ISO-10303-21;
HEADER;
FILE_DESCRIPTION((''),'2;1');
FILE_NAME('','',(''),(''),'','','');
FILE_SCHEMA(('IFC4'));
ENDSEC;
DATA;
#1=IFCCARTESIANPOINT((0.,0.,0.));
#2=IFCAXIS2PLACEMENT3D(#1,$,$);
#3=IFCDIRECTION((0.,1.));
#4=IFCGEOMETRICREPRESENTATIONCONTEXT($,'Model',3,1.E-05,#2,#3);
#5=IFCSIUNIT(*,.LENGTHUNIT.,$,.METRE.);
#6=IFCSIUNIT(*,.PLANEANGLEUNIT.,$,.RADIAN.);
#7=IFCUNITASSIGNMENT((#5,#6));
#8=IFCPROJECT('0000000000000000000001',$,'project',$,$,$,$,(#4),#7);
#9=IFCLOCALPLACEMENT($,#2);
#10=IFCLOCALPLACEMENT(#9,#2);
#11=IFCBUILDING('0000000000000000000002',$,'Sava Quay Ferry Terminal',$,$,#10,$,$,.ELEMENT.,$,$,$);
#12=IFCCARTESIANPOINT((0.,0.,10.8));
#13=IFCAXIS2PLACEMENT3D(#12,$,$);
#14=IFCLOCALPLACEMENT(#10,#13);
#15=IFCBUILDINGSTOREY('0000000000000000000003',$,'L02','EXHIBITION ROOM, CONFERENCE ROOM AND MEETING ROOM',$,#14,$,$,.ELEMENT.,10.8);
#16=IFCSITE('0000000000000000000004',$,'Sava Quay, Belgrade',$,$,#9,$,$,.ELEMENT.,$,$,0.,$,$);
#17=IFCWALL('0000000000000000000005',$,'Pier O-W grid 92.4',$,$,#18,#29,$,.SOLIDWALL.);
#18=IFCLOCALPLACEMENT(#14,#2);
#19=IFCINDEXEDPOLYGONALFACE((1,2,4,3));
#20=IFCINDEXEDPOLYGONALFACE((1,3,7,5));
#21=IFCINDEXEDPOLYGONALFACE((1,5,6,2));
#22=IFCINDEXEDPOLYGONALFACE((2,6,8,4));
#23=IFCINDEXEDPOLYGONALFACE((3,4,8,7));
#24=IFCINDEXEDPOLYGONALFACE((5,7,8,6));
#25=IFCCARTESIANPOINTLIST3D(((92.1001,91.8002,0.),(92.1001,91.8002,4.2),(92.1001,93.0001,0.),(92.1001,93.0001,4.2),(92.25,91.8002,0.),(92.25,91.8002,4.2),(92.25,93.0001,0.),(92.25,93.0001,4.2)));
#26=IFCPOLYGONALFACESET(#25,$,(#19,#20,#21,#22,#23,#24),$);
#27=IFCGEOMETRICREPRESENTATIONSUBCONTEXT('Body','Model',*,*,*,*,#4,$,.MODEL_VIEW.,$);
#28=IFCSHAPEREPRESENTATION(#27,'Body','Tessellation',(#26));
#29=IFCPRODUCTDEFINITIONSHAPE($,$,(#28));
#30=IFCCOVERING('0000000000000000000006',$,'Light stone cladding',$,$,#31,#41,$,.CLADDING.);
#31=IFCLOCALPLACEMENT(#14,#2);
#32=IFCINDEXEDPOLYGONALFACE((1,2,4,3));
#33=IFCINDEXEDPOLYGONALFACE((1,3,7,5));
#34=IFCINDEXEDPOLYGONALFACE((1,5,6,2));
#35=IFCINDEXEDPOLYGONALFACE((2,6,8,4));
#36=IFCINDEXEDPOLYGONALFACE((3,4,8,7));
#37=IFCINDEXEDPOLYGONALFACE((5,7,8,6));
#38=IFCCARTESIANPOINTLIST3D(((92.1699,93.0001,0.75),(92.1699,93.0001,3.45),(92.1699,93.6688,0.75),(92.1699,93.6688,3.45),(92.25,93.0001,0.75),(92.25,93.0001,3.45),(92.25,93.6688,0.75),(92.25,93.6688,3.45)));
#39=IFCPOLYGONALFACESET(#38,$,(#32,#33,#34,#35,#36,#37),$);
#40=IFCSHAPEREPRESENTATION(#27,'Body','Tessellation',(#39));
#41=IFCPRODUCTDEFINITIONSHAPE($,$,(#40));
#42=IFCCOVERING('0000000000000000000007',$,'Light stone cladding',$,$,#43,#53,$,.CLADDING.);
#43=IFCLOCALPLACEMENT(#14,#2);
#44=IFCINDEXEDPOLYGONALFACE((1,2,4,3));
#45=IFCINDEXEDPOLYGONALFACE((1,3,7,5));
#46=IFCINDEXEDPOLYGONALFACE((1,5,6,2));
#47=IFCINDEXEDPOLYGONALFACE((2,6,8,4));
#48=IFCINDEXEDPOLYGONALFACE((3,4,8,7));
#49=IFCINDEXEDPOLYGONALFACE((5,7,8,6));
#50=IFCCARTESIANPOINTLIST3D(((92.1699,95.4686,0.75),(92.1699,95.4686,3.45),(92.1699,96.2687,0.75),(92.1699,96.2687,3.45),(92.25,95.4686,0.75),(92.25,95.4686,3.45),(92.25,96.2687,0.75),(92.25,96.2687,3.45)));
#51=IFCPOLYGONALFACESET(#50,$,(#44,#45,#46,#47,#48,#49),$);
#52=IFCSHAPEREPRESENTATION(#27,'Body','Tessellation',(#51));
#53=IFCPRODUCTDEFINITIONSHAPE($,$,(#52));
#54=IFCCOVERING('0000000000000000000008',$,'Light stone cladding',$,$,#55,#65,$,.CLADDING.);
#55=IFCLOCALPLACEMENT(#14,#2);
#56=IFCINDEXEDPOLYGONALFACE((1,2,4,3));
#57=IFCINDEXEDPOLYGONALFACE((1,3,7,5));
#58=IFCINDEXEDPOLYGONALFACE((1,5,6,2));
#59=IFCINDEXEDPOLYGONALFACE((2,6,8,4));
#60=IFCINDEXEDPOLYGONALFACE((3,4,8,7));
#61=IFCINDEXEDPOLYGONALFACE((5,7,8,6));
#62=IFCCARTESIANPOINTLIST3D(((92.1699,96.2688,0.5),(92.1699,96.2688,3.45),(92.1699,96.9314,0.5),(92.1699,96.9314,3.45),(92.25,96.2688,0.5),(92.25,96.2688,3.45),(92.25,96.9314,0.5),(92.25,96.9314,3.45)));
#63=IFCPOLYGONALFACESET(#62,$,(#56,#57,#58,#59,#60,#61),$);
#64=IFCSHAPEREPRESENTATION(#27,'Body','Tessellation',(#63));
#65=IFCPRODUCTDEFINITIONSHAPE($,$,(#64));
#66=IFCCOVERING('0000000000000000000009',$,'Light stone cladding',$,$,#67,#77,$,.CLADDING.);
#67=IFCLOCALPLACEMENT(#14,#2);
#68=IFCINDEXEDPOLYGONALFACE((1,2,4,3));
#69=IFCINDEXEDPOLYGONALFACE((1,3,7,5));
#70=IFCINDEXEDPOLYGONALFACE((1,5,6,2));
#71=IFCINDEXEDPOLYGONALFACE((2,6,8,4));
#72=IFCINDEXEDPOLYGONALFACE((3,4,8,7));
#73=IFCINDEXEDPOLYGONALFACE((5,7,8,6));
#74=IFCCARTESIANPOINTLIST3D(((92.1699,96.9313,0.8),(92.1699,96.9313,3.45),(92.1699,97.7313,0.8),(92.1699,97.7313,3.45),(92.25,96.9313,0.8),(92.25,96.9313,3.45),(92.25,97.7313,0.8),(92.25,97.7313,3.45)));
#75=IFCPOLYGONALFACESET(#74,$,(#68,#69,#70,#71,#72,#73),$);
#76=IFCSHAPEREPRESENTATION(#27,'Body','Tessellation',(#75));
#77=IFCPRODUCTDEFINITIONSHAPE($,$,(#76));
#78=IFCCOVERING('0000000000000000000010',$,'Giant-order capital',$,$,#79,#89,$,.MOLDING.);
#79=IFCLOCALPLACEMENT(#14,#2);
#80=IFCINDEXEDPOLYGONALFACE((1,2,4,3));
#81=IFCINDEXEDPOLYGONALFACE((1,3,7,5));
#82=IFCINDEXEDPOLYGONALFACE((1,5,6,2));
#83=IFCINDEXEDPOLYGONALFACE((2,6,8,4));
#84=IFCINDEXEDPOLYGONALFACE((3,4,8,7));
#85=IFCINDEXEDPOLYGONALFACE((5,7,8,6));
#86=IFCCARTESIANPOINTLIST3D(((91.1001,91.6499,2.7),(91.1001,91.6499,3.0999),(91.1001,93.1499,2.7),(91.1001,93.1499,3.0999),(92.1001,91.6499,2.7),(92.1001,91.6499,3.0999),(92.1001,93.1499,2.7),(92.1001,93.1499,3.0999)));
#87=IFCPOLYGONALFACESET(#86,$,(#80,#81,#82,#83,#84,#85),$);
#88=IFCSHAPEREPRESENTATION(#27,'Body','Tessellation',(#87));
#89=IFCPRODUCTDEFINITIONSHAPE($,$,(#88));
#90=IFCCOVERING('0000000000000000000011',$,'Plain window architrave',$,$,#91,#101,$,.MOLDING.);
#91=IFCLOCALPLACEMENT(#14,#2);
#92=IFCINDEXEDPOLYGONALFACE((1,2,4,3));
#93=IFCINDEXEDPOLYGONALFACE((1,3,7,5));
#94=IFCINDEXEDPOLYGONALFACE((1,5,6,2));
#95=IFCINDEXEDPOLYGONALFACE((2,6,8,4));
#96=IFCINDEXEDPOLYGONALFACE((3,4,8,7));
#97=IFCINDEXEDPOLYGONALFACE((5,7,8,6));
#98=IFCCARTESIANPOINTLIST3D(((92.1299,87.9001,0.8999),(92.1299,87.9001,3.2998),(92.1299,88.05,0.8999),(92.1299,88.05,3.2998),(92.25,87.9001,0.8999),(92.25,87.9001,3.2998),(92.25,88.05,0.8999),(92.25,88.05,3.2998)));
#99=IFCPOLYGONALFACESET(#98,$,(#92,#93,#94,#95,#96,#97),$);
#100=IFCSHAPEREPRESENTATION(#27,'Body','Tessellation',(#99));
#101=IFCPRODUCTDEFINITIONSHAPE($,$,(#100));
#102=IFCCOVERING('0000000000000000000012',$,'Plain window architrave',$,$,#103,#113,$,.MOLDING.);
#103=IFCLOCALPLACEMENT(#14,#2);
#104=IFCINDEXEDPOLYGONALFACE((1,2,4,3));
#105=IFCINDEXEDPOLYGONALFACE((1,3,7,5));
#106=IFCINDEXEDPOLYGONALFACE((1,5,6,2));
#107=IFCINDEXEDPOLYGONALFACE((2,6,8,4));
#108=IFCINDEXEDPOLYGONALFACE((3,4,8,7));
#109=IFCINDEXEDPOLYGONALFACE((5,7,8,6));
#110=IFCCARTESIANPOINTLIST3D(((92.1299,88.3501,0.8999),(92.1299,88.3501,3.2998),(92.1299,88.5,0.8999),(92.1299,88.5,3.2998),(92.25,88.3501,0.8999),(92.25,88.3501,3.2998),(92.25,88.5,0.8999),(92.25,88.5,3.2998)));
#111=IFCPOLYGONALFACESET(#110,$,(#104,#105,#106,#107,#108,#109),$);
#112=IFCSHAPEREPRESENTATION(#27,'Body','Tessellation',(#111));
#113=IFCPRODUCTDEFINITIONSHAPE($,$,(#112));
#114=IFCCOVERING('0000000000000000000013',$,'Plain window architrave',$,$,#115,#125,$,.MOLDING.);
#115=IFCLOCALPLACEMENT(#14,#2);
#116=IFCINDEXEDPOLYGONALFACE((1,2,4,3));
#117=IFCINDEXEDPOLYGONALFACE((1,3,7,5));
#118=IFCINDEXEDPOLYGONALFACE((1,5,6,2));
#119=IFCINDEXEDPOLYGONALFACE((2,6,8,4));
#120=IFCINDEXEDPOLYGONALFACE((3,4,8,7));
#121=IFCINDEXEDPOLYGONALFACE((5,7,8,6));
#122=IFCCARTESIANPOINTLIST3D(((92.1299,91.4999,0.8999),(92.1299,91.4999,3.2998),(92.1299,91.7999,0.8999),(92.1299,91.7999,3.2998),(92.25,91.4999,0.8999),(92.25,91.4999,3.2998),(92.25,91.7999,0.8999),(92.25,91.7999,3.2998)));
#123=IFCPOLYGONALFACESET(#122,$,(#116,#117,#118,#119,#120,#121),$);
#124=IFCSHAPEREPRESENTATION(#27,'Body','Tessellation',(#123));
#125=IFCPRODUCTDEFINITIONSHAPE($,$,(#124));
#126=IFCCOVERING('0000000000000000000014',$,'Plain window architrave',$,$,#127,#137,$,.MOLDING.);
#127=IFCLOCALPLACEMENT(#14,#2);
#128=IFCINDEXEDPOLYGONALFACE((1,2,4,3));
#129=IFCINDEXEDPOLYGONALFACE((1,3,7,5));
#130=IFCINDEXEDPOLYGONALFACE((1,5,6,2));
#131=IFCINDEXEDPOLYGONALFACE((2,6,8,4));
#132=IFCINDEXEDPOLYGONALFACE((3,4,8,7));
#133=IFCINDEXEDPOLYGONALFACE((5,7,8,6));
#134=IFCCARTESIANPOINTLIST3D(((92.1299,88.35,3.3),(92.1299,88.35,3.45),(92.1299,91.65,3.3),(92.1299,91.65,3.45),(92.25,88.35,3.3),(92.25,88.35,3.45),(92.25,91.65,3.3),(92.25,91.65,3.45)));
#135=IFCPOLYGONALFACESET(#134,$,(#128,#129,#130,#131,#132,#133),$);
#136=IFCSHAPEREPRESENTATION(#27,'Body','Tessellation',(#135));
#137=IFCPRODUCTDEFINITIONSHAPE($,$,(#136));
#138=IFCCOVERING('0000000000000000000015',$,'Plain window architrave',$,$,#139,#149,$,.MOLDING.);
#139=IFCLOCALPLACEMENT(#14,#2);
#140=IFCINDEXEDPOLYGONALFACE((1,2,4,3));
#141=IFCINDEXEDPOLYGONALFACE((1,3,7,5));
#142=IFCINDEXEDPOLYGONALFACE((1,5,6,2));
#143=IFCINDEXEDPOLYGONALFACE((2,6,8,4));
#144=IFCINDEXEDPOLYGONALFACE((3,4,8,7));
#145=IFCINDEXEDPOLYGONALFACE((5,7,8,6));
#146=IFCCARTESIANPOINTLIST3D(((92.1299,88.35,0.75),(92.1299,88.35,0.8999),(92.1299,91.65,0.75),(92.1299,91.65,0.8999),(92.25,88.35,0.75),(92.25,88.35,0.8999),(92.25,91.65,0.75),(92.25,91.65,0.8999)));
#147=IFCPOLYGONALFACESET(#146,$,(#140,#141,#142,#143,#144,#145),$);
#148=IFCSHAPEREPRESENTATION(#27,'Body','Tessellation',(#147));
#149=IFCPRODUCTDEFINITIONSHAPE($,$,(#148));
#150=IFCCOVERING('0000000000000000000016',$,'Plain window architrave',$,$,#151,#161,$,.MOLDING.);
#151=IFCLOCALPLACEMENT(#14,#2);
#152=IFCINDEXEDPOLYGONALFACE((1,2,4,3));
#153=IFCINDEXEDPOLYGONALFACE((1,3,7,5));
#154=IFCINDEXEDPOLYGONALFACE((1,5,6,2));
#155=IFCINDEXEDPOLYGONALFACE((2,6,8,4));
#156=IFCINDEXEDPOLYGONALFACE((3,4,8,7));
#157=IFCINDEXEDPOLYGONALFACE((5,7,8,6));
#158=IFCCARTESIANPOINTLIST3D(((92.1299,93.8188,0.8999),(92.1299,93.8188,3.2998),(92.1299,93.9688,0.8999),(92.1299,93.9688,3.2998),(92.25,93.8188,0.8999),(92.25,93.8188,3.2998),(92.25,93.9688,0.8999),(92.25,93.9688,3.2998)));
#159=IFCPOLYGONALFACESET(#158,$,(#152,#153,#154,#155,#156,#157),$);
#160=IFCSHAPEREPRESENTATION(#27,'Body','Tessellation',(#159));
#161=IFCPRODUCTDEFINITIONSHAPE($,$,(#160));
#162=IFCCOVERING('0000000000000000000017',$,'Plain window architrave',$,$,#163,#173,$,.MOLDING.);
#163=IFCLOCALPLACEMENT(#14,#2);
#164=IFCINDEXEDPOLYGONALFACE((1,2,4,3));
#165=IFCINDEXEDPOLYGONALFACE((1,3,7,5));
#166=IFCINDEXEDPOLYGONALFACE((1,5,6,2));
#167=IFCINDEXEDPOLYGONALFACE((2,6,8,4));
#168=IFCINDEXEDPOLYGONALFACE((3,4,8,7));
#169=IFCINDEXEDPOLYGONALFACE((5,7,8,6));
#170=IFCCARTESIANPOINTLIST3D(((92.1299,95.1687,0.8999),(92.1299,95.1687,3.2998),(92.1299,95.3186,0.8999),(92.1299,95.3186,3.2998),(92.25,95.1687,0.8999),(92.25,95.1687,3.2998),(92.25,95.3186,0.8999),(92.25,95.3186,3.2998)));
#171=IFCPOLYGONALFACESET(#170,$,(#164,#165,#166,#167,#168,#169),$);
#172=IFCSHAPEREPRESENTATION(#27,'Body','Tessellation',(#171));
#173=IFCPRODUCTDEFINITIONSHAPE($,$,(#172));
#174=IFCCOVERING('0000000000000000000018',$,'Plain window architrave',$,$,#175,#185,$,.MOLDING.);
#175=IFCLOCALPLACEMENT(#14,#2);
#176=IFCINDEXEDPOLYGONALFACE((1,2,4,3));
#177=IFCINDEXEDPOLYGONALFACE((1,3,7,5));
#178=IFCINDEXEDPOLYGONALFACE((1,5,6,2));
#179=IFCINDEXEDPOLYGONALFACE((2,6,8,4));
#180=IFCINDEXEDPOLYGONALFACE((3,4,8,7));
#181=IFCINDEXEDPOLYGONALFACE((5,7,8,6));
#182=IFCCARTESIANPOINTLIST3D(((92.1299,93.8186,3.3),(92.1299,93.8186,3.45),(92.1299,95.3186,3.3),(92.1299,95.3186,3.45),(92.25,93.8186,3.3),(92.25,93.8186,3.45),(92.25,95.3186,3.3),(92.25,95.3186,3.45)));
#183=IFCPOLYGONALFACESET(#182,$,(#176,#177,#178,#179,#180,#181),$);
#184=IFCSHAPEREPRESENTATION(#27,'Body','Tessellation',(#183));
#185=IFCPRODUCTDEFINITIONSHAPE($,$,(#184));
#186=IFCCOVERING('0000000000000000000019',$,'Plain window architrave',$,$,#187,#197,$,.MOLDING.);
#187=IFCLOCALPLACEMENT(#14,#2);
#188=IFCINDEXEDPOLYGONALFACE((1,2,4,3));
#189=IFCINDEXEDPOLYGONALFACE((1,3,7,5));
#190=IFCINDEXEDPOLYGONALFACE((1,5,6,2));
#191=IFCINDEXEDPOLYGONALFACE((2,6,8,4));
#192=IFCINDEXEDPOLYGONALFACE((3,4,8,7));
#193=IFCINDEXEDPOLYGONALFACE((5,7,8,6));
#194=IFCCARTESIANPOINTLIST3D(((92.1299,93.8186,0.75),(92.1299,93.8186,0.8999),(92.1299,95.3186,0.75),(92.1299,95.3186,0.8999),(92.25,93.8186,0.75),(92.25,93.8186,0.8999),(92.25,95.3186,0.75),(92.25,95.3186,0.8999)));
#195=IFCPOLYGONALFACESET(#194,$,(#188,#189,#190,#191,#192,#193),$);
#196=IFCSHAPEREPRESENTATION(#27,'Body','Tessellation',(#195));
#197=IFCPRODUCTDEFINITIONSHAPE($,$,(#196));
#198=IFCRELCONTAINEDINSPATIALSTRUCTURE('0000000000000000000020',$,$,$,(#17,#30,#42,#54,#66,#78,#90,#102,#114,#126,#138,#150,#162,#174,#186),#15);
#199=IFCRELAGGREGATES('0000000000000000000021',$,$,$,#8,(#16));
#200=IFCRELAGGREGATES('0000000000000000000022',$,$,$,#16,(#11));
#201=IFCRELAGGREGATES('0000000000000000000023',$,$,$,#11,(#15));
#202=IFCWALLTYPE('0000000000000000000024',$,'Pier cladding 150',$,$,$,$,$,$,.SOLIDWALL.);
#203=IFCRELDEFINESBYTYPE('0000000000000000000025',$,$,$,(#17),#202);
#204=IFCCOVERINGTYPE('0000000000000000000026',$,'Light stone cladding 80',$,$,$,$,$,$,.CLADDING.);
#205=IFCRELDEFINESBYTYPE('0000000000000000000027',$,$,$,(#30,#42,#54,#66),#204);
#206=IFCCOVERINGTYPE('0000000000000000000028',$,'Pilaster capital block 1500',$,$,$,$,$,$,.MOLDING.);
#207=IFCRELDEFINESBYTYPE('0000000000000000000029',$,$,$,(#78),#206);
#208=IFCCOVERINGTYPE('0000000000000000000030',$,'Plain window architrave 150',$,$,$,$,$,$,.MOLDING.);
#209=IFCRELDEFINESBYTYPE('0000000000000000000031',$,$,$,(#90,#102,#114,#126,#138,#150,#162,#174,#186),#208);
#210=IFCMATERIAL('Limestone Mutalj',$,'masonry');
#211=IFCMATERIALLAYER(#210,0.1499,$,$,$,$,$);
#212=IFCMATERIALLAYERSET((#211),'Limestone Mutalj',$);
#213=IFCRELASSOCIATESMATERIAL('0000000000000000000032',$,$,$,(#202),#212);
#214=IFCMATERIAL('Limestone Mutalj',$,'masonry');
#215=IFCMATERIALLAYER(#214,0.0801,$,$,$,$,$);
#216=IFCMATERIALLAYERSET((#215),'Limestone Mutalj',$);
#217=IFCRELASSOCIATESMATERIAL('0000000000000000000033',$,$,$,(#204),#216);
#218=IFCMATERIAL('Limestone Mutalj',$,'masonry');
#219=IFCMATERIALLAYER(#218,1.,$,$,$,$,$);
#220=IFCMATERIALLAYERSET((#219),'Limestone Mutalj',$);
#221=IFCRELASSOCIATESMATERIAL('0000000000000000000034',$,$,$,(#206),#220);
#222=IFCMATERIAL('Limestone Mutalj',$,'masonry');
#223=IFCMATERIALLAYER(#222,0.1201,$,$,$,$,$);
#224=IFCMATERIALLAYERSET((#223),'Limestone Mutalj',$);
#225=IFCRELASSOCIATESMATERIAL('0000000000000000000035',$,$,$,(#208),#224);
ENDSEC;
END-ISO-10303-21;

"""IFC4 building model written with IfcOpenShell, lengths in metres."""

from ifc_helpers import new_model, si_unit, direction, frame, frame_2d, origin, origin_2d, place, context, subcontext, project, spatial, rectangle, extrude, material, layer, layer_set, type_object, element, save


model = new_model("IFC4")

# Units and contexts
model_context = context("Model", 3, precision=1e-05, world=origin(), true_north=direction((0.0, 1.0)))
body_context = subcontext(model_context, "Body", "Model", "MODEL_VIEW")
ifc_project = project(units=[si_unit("LENGTHUNIT", "METRE"), si_unit("PLANEANGLEUNIT", "RADIAN")], contexts=[model_context])

# Site, building, storey
site_placement = place(None, origin())
site = spatial("IfcSite", under=ifc_project, at=site_placement, Name="Sava Quay, Belgrade", CompositionType="ELEMENT", RefElevation=0.0)
building_placement = place(site_placement, origin())
building = spatial("IfcBuilding", under=site, at=building_placement, Name="Sava Quay Ferry Terminal", CompositionType="ELEMENT")
storey_placement = place(building_placement, frame((0.0, 0.0, 10.8)))
storey = spatial("IfcBuildingStorey", under=building, at=storey_placement, Name="L02", Description="EXHIBITION ROOM, CONFERENCE ROOM AND MEETING ROOM", CompositionType="ELEMENT", Elevation=10.8)

# Wall
ifc_material_1 = material(Name="Limestone Mutalj", Category="masonry")
ifc_layer_1 = layer(ifc_material_1, 0.1499)
ifc_layer_set_1 = layer_set([ifc_layer_1], Name="Limestone Mutalj")
wall_type = type_object("IfcWallType", Name="Pier cladding 150", PredefinedType="SOLIDWALL", material=ifc_layer_set_1)
wall_placement = place(storey_placement, frame((92.175, 91.8, 0.0), z_axis=(0.0, 0.0, 1.0), x_axis=(0.0, 1.0, 0.0)))
element("IfcWall", 1, at=wall_placement, inside=storey, type_object=wall_type, Name="Pier O-W grid 92.4", PredefinedType="SOLIDWALL", context=body_context, shape_type="SweptSolid", body=[
    extrude(rectangle(XDim=1.2, YDim=0.1499, at=frame_2d((0.6001, 0.0))), origin(), (0.0, 0.0, 1.0), 4.2),
])

# Coverings
ifc_material_2 = material(Name="Limestone Mutalj", Category="masonry")
ifc_layer_2 = layer(ifc_material_2, 0.0801)
ifc_layer_set_2 = layer_set([ifc_layer_2], Name="Limestone Mutalj")
covering_type_1 = type_object("IfcCoveringType", Name="Light stone cladding 80", PredefinedType="CLADDING", material=ifc_layer_set_2)
covering_1_placement = place(storey_placement, frame((92.21, 93.3345, 0.75), z_axis=(0.0, 0.0, 1.0), x_axis=(1.0, 0.0, 0.0)))
element("IfcCovering", 2, at=covering_1_placement, inside=storey, type_object=covering_type_1, Name="Light stone cladding", PredefinedType="CLADDING", context=body_context, shape_type="SweptSolid", body=[
    extrude(rectangle(XDim=0.0801, YDim=0.6687, at=origin_2d()), origin(), (0.0, 0.0, 1.0), 2.7),
])
covering_2_placement = place(storey_placement, frame((92.21, 95.8687, 0.75), z_axis=(0.0, 0.0, 1.0), x_axis=(1.0, 0.0, 0.0)))
element("IfcCovering", 3, at=covering_2_placement, inside=storey, type_object=covering_type_1, Name="Light stone cladding", PredefinedType="CLADDING", context=body_context, shape_type="SweptSolid", body=[
    extrude(rectangle(XDim=0.0801, YDim=0.8, at=origin_2d()), origin(), (0.0, 0.0, 1.0), 2.7),
])
covering_3_placement = place(storey_placement, frame((92.21, 96.6001, 0.5), z_axis=(0.0, 0.0, 1.0), x_axis=(1.0, 0.0, 0.0)))
element("IfcCovering", 4, at=covering_3_placement, inside=storey, type_object=covering_type_1, Name="Light stone cladding", PredefinedType="CLADDING", context=body_context, shape_type="SweptSolid", body=[
    extrude(rectangle(XDim=0.0801, YDim=0.6626, at=origin_2d()), origin(), (0.0, 0.0, 1.0), 2.95),
])
covering_4_placement = place(storey_placement, frame((92.21, 97.3313, 0.8), z_axis=(0.0, 0.0, 1.0), x_axis=(1.0, 0.0, 0.0)))
element("IfcCovering", 5, at=covering_4_placement, inside=storey, type_object=covering_type_1, Name="Light stone cladding", PredefinedType="CLADDING", context=body_context, shape_type="SweptSolid", body=[
    extrude(rectangle(XDim=0.0801, YDim=0.8, at=origin_2d()), origin(), (0.0, 0.0, 1.0), 2.6499),
])
ifc_material_3 = material(Name="Limestone Mutalj", Category="masonry")
ifc_layer_3 = layer(ifc_material_3, 1.0)
ifc_layer_set_3 = layer_set([ifc_layer_3], Name="Limestone Mutalj")
covering_type_2 = type_object("IfcCoveringType", Name="Pilaster capital block 1500", PredefinedType="MOLDING", material=ifc_layer_set_3)
covering_5_placement = place(storey_placement, frame((91.6001, 92.3999, 2.7), z_axis=(0.0, 0.0, 1.0), x_axis=(1.0, 0.0, 0.0)))
element("IfcCovering", 6, at=covering_5_placement, inside=storey, type_object=covering_type_2, Name="Giant-order capital", PredefinedType="MOLDING", context=body_context, shape_type="SweptSolid", body=[
    extrude(rectangle(XDim=1.0, YDim=1.5, at=origin_2d()), origin(), (0.0, 0.0, 1.0), 0.3999),
])
ifc_material_4 = material(Name="Limestone Mutalj", Category="masonry")
ifc_layer_4 = layer(ifc_material_4, 0.1201)
ifc_layer_set_4 = layer_set([ifc_layer_4], Name="Limestone Mutalj")
covering_type_3 = type_object("IfcCoveringType", Name="Plain window architrave 150", PredefinedType="MOLDING", material=ifc_layer_set_4)
for number, where, z_axis, x_axis, name in (
    (7, (92.1899, 87.9751, 0.8999), (0.0, 0.0, 1.0), (1.0, 0.0, 0.0), "Plain window architrave"),
    (8, (92.1899, 88.425, 0.8999), (0.0, 0.0, 1.0), (1.0, 0.0, 0.0), "Plain window architrave"),
):
    element("IfcCovering", number, at=place(storey_placement, frame(where, z_axis=z_axis, x_axis=x_axis)), inside=storey, type_object=covering_type_3, Name=name, PredefinedType="MOLDING", context=body_context, shape_type="SweptSolid", body=[
        extrude(rectangle(XDim=0.1201, YDim=0.1499, at=origin_2d()), origin(), (0.0, 0.0, 1.0), 2.3999),
    ])
covering_6_placement = place(storey_placement, frame((92.1899, 91.6499, 0.8999), z_axis=(0.0, 0.0, 1.0), x_axis=(1.0, 0.0, 0.0)))
element("IfcCovering", 9, at=covering_6_placement, inside=storey, type_object=covering_type_3, Name="Plain window architrave", PredefinedType="MOLDING", context=body_context, shape_type="SweptSolid", body=[
    extrude(rectangle(XDim=0.1201, YDim=0.3, at=origin_2d()), origin(), (0.0, 0.0, 1.0), 2.3999),
])
for number, where, z_axis, x_axis, name in (
    (10, (92.1899, 90.0, 3.3), (0.0, 0.0, 1.0), (1.0, 0.0, 0.0), "Plain window architrave"),
    (11, (92.1899, 90.0, 0.75), (0.0, 0.0, 1.0), (1.0, 0.0, 0.0), "Plain window architrave"),
):
    element("IfcCovering", number, at=place(storey_placement, frame(where, z_axis=z_axis, x_axis=x_axis)), inside=storey, type_object=covering_type_3, Name=name, PredefinedType="MOLDING", context=body_context, shape_type="SweptSolid", body=[
        extrude(rectangle(XDim=0.1201, YDim=3.3, at=origin_2d()), origin(), (0.0, 0.0, 1.0), 0.1499),
    ])
for number, where, z_axis, x_axis, name in (
    (12, (92.1899, 93.8938, 0.8999), (0.0, 0.0, 1.0), (1.0, 0.0, 0.0), "Plain window architrave"),
    (13, (92.1899, 95.2437, 0.8999), (0.0, 0.0, 1.0), (1.0, 0.0, 0.0), "Plain window architrave"),
):
    element("IfcCovering", number, at=place(storey_placement, frame(where, z_axis=z_axis, x_axis=x_axis)), inside=storey, type_object=covering_type_3, Name=name, PredefinedType="MOLDING", context=body_context, shape_type="SweptSolid", body=[
        extrude(rectangle(XDim=0.1201, YDim=0.1499, at=origin_2d()), origin(), (0.0, 0.0, 1.0), 2.3999),
    ])
for number, where, z_axis, x_axis, name in (
    (14, (92.1899, 94.5686, 3.3), (0.0, 0.0, 1.0), (1.0, 0.0, 0.0), "Plain window architrave"),
    (15, (92.1899, 94.5686, 0.75), (0.0, 0.0, 1.0), (1.0, 0.0, 0.0), "Plain window architrave"),
):
    element("IfcCovering", number, at=place(storey_placement, frame(where, z_axis=z_axis, x_axis=x_axis)), inside=storey, type_object=covering_type_3, Name=name, PredefinedType="MOLDING", context=body_context, shape_type="SweptSolid", body=[
        extrude(rectangle(XDim=0.1201, YDim=1.5, at=origin_2d()), origin(), (0.0, 0.0, 1.0), 0.1499),
    ])

save(model, "model.ifc")
